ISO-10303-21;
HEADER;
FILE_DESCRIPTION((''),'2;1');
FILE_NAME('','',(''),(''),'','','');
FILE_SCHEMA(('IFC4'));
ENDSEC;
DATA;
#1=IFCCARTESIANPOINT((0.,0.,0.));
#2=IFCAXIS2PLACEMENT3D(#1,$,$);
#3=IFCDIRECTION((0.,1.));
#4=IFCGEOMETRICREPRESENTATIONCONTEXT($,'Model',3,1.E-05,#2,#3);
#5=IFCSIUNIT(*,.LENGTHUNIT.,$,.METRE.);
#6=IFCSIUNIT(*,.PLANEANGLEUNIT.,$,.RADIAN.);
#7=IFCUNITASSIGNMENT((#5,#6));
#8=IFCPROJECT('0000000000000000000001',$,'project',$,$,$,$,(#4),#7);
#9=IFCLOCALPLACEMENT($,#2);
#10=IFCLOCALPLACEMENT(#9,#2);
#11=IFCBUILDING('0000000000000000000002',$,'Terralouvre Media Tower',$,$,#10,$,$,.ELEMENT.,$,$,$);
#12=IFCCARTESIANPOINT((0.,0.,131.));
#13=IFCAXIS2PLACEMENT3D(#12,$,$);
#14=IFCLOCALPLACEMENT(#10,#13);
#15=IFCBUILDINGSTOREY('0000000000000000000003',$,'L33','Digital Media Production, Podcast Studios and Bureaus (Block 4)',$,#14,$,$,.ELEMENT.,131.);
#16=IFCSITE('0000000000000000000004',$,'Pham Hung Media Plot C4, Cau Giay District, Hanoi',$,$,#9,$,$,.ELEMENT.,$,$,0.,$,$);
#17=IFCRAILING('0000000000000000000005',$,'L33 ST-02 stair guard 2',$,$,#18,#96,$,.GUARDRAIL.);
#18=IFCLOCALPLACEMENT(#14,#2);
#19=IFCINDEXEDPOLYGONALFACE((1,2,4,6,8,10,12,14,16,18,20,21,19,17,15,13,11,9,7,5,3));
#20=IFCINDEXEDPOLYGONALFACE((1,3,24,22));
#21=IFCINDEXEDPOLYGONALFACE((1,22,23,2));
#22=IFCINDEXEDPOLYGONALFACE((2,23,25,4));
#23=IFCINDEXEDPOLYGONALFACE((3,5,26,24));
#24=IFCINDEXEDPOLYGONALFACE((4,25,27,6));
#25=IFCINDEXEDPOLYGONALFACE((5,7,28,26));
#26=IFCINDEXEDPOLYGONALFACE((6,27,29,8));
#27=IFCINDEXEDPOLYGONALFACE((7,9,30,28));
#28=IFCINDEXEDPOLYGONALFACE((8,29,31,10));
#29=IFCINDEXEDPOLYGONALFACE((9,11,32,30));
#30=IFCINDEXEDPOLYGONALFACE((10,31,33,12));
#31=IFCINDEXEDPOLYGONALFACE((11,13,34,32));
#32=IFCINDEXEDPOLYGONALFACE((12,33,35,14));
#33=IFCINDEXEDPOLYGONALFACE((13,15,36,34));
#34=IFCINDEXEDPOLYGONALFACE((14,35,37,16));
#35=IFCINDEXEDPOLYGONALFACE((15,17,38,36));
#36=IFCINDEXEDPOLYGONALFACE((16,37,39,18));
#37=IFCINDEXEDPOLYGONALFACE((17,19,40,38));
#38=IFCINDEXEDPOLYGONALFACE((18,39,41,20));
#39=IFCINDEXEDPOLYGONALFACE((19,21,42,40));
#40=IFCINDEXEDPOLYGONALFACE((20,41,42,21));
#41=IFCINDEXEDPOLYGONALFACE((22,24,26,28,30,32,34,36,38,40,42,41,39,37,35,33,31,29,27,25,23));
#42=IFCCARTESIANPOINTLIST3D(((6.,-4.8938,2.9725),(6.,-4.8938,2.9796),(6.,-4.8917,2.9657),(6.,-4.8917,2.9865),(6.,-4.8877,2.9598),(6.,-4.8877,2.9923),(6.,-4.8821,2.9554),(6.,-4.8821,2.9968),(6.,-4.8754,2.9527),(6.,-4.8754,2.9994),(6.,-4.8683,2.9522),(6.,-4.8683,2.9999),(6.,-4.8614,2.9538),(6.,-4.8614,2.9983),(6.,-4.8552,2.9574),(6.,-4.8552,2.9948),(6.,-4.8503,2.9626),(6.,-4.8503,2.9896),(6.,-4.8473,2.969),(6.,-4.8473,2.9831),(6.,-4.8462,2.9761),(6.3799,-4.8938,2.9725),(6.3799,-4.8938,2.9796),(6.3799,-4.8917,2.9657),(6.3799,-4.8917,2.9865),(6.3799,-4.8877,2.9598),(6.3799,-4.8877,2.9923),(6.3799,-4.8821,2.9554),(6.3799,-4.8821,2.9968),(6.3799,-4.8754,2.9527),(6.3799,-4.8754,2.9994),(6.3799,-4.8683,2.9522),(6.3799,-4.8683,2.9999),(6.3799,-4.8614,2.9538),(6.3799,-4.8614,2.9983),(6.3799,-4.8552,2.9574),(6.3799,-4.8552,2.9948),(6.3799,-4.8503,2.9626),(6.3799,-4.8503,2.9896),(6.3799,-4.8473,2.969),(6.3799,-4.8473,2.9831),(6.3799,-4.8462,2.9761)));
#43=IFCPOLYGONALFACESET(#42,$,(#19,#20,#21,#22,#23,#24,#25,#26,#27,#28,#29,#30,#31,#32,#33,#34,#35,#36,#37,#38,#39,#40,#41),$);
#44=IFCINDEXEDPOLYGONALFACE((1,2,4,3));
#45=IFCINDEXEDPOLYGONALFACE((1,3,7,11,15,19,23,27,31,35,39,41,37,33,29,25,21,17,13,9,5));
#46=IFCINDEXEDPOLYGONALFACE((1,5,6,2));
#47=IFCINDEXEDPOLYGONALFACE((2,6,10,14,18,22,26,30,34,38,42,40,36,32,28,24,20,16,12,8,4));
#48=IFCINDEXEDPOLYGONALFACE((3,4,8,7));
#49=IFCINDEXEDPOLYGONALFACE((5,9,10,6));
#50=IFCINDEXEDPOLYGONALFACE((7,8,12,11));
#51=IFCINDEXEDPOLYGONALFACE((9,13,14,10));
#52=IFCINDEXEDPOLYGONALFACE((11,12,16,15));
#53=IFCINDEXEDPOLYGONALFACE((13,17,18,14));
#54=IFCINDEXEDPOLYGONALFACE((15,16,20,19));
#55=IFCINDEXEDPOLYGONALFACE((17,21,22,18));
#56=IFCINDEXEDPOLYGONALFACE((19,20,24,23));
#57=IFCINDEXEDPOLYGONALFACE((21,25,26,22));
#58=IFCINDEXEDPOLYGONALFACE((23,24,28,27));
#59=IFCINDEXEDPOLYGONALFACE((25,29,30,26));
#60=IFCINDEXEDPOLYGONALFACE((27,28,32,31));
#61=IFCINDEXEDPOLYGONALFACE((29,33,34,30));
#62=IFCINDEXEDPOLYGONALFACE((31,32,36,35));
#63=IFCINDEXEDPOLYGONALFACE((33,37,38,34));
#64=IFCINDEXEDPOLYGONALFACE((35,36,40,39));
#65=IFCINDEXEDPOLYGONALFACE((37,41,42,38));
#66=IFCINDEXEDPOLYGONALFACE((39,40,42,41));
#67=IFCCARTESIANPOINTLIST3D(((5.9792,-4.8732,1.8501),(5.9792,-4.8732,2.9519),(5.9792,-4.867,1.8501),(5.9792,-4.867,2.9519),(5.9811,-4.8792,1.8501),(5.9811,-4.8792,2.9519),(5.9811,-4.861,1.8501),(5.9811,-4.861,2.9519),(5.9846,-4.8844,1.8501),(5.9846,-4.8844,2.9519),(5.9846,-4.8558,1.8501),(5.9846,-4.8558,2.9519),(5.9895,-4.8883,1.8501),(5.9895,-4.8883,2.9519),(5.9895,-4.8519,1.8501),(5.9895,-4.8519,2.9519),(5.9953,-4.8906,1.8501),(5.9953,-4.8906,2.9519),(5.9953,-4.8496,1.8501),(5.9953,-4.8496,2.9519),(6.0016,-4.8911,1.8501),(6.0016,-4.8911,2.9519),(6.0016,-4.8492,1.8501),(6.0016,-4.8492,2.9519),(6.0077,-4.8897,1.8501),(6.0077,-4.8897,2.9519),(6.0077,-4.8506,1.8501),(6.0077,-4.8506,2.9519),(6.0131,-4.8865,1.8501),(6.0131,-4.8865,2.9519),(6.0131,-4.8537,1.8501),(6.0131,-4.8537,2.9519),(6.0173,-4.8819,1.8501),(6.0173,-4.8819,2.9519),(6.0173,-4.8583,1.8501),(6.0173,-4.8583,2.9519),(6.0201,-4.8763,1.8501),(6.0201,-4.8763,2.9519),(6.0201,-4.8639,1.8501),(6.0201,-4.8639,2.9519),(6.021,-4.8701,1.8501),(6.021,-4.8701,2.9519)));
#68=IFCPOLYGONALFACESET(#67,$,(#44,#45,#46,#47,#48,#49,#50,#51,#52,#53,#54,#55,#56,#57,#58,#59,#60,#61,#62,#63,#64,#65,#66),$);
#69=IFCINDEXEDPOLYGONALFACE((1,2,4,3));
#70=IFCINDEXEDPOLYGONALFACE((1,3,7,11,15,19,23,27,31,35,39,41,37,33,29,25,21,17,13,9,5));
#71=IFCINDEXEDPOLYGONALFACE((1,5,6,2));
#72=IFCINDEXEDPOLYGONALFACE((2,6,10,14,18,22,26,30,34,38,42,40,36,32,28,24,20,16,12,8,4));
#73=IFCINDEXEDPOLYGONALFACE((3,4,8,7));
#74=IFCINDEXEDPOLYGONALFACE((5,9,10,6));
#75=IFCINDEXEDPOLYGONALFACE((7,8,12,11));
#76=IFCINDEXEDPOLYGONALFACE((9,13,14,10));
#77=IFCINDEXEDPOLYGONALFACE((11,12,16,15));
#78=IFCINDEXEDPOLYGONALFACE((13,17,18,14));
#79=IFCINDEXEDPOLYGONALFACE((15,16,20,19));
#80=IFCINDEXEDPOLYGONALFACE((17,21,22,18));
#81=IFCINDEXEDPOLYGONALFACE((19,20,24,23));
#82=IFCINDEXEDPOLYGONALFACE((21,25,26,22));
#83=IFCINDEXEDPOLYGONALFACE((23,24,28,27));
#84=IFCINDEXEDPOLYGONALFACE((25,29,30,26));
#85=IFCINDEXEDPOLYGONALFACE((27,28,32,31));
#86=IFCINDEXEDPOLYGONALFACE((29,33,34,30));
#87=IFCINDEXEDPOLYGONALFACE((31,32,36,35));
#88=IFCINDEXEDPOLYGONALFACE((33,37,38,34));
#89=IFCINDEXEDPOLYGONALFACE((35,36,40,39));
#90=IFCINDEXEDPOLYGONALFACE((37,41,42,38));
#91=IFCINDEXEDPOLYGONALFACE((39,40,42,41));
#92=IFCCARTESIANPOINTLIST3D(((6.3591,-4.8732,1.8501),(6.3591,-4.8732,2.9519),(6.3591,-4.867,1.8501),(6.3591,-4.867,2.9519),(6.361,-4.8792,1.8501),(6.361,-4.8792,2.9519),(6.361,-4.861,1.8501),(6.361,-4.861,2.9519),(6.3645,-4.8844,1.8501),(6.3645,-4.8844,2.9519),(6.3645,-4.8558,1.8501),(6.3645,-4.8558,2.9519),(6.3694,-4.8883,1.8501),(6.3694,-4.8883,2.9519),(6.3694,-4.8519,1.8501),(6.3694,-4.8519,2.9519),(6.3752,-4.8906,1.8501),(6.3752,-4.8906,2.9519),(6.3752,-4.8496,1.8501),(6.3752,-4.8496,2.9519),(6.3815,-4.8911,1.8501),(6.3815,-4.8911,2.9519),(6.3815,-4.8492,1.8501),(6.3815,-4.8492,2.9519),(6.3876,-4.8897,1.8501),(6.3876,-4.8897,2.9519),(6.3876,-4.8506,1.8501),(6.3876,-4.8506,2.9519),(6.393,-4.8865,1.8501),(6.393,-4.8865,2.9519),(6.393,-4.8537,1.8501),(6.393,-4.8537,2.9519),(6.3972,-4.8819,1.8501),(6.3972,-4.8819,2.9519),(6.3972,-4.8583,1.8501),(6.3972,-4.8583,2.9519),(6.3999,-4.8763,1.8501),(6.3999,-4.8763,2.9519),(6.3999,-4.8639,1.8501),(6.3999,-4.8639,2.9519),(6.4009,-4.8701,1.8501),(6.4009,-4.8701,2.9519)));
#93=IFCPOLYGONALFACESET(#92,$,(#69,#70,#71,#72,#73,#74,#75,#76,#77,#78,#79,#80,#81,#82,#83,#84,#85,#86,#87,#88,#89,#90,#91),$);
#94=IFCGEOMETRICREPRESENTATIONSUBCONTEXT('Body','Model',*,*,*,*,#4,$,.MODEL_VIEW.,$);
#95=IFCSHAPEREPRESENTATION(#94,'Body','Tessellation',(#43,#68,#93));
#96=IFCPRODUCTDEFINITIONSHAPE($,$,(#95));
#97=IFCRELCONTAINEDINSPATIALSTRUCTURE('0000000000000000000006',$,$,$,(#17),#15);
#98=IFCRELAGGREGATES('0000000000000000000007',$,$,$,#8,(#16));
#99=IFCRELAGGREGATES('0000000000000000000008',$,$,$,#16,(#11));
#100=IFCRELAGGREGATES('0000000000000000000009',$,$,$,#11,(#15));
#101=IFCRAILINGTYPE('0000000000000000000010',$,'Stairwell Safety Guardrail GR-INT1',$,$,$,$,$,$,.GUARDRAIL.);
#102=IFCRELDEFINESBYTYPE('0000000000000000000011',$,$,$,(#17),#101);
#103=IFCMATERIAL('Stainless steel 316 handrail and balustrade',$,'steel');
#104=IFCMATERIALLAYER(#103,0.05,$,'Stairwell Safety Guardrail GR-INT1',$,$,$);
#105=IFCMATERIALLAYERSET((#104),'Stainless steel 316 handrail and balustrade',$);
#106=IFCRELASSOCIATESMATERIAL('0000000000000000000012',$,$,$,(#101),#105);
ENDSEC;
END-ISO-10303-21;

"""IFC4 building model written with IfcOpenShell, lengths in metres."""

from ifc_helpers import new_model, si_unit, direction, frame, origin, origin_2d, place, context, subcontext, project, spatial, circle, extrude, material, layer, layer_set, type_object, element, save


model = new_model("IFC4")

# Units and contexts
model_context = context("Model", 3, precision=1e-05, world=origin(), true_north=direction((0.0, 1.0)))
body_context = subcontext(model_context, "Body", "Model", "MODEL_VIEW")
ifc_project = project(units=[si_unit("LENGTHUNIT", "METRE"), si_unit("PLANEANGLEUNIT", "RADIAN")], contexts=[model_context])

# Site, building, storey
site_placement = place(None, origin())
site = spatial("IfcSite", under=ifc_project, at=site_placement, Name="Pham Hung Media Plot C4, Cau Giay District, Hanoi", CompositionType="ELEMENT", RefElevation=0.0)
building_placement = place(site_placement, origin())
building = spatial("IfcBuilding", under=site, at=building_placement, Name="Terralouvre Media Tower", CompositionType="ELEMENT")
storey_placement = place(building_placement, frame((0.0, 0.0, 131.0)))
storey = spatial("IfcBuildingStorey", under=building, at=storey_placement, Name="L33", Description="Digital Media Production, Podcast Studios and Bureaus (Block 4)", CompositionType="ELEMENT", Elevation=131.0)

# Railing
ifc_material_1 = material(Name="Stainless steel 316 handrail and balustrade", Category="steel")
ifc_layer_1 = layer(ifc_material_1, 0.05, Name="Stairwell Safety Guardrail GR-INT1")
ifc_layer_set_1 = layer_set([ifc_layer_1], Name="Stainless steel 316 handrail and balustrade")
railing_type_1 = type_object("IfcRailingType", Name="Stairwell Safety Guardrail GR-INT1", PredefinedType="GUARDRAIL", material=ifc_layer_set_1)
railing_1_placement = place(storey_placement, frame((6.0, -4.8701, 1.8501)))
element("IfcRailing", 1, at=railing_1_placement, inside=storey, type_object=railing_type_1, Name="L33 ST-02 stair guard 2", PredefinedType="GUARDRAIL", context=body_context, shape_type="SweptSolid", body=[
    extrude(circle(Radius=0.0239, at=origin_2d()), frame((0.0, 0.0, 1.126), z_axis=(1.0, 0.0, 0.0), x_axis=(0.0, 1.0, 0.0)), (0.0, 0.0, 1.0), 0.3799),
    extrude(circle(Radius=0.021, at=origin_2d()), origin(), (0.0, 0.0, 1.0), 1.1018),
    extrude(circle(Radius=0.021, at=origin_2d()), frame((0.3799, 0.0, 0.0)), (0.0, 0.0, 1.0), 1.1018),
])

save(model, "model.ifc")
